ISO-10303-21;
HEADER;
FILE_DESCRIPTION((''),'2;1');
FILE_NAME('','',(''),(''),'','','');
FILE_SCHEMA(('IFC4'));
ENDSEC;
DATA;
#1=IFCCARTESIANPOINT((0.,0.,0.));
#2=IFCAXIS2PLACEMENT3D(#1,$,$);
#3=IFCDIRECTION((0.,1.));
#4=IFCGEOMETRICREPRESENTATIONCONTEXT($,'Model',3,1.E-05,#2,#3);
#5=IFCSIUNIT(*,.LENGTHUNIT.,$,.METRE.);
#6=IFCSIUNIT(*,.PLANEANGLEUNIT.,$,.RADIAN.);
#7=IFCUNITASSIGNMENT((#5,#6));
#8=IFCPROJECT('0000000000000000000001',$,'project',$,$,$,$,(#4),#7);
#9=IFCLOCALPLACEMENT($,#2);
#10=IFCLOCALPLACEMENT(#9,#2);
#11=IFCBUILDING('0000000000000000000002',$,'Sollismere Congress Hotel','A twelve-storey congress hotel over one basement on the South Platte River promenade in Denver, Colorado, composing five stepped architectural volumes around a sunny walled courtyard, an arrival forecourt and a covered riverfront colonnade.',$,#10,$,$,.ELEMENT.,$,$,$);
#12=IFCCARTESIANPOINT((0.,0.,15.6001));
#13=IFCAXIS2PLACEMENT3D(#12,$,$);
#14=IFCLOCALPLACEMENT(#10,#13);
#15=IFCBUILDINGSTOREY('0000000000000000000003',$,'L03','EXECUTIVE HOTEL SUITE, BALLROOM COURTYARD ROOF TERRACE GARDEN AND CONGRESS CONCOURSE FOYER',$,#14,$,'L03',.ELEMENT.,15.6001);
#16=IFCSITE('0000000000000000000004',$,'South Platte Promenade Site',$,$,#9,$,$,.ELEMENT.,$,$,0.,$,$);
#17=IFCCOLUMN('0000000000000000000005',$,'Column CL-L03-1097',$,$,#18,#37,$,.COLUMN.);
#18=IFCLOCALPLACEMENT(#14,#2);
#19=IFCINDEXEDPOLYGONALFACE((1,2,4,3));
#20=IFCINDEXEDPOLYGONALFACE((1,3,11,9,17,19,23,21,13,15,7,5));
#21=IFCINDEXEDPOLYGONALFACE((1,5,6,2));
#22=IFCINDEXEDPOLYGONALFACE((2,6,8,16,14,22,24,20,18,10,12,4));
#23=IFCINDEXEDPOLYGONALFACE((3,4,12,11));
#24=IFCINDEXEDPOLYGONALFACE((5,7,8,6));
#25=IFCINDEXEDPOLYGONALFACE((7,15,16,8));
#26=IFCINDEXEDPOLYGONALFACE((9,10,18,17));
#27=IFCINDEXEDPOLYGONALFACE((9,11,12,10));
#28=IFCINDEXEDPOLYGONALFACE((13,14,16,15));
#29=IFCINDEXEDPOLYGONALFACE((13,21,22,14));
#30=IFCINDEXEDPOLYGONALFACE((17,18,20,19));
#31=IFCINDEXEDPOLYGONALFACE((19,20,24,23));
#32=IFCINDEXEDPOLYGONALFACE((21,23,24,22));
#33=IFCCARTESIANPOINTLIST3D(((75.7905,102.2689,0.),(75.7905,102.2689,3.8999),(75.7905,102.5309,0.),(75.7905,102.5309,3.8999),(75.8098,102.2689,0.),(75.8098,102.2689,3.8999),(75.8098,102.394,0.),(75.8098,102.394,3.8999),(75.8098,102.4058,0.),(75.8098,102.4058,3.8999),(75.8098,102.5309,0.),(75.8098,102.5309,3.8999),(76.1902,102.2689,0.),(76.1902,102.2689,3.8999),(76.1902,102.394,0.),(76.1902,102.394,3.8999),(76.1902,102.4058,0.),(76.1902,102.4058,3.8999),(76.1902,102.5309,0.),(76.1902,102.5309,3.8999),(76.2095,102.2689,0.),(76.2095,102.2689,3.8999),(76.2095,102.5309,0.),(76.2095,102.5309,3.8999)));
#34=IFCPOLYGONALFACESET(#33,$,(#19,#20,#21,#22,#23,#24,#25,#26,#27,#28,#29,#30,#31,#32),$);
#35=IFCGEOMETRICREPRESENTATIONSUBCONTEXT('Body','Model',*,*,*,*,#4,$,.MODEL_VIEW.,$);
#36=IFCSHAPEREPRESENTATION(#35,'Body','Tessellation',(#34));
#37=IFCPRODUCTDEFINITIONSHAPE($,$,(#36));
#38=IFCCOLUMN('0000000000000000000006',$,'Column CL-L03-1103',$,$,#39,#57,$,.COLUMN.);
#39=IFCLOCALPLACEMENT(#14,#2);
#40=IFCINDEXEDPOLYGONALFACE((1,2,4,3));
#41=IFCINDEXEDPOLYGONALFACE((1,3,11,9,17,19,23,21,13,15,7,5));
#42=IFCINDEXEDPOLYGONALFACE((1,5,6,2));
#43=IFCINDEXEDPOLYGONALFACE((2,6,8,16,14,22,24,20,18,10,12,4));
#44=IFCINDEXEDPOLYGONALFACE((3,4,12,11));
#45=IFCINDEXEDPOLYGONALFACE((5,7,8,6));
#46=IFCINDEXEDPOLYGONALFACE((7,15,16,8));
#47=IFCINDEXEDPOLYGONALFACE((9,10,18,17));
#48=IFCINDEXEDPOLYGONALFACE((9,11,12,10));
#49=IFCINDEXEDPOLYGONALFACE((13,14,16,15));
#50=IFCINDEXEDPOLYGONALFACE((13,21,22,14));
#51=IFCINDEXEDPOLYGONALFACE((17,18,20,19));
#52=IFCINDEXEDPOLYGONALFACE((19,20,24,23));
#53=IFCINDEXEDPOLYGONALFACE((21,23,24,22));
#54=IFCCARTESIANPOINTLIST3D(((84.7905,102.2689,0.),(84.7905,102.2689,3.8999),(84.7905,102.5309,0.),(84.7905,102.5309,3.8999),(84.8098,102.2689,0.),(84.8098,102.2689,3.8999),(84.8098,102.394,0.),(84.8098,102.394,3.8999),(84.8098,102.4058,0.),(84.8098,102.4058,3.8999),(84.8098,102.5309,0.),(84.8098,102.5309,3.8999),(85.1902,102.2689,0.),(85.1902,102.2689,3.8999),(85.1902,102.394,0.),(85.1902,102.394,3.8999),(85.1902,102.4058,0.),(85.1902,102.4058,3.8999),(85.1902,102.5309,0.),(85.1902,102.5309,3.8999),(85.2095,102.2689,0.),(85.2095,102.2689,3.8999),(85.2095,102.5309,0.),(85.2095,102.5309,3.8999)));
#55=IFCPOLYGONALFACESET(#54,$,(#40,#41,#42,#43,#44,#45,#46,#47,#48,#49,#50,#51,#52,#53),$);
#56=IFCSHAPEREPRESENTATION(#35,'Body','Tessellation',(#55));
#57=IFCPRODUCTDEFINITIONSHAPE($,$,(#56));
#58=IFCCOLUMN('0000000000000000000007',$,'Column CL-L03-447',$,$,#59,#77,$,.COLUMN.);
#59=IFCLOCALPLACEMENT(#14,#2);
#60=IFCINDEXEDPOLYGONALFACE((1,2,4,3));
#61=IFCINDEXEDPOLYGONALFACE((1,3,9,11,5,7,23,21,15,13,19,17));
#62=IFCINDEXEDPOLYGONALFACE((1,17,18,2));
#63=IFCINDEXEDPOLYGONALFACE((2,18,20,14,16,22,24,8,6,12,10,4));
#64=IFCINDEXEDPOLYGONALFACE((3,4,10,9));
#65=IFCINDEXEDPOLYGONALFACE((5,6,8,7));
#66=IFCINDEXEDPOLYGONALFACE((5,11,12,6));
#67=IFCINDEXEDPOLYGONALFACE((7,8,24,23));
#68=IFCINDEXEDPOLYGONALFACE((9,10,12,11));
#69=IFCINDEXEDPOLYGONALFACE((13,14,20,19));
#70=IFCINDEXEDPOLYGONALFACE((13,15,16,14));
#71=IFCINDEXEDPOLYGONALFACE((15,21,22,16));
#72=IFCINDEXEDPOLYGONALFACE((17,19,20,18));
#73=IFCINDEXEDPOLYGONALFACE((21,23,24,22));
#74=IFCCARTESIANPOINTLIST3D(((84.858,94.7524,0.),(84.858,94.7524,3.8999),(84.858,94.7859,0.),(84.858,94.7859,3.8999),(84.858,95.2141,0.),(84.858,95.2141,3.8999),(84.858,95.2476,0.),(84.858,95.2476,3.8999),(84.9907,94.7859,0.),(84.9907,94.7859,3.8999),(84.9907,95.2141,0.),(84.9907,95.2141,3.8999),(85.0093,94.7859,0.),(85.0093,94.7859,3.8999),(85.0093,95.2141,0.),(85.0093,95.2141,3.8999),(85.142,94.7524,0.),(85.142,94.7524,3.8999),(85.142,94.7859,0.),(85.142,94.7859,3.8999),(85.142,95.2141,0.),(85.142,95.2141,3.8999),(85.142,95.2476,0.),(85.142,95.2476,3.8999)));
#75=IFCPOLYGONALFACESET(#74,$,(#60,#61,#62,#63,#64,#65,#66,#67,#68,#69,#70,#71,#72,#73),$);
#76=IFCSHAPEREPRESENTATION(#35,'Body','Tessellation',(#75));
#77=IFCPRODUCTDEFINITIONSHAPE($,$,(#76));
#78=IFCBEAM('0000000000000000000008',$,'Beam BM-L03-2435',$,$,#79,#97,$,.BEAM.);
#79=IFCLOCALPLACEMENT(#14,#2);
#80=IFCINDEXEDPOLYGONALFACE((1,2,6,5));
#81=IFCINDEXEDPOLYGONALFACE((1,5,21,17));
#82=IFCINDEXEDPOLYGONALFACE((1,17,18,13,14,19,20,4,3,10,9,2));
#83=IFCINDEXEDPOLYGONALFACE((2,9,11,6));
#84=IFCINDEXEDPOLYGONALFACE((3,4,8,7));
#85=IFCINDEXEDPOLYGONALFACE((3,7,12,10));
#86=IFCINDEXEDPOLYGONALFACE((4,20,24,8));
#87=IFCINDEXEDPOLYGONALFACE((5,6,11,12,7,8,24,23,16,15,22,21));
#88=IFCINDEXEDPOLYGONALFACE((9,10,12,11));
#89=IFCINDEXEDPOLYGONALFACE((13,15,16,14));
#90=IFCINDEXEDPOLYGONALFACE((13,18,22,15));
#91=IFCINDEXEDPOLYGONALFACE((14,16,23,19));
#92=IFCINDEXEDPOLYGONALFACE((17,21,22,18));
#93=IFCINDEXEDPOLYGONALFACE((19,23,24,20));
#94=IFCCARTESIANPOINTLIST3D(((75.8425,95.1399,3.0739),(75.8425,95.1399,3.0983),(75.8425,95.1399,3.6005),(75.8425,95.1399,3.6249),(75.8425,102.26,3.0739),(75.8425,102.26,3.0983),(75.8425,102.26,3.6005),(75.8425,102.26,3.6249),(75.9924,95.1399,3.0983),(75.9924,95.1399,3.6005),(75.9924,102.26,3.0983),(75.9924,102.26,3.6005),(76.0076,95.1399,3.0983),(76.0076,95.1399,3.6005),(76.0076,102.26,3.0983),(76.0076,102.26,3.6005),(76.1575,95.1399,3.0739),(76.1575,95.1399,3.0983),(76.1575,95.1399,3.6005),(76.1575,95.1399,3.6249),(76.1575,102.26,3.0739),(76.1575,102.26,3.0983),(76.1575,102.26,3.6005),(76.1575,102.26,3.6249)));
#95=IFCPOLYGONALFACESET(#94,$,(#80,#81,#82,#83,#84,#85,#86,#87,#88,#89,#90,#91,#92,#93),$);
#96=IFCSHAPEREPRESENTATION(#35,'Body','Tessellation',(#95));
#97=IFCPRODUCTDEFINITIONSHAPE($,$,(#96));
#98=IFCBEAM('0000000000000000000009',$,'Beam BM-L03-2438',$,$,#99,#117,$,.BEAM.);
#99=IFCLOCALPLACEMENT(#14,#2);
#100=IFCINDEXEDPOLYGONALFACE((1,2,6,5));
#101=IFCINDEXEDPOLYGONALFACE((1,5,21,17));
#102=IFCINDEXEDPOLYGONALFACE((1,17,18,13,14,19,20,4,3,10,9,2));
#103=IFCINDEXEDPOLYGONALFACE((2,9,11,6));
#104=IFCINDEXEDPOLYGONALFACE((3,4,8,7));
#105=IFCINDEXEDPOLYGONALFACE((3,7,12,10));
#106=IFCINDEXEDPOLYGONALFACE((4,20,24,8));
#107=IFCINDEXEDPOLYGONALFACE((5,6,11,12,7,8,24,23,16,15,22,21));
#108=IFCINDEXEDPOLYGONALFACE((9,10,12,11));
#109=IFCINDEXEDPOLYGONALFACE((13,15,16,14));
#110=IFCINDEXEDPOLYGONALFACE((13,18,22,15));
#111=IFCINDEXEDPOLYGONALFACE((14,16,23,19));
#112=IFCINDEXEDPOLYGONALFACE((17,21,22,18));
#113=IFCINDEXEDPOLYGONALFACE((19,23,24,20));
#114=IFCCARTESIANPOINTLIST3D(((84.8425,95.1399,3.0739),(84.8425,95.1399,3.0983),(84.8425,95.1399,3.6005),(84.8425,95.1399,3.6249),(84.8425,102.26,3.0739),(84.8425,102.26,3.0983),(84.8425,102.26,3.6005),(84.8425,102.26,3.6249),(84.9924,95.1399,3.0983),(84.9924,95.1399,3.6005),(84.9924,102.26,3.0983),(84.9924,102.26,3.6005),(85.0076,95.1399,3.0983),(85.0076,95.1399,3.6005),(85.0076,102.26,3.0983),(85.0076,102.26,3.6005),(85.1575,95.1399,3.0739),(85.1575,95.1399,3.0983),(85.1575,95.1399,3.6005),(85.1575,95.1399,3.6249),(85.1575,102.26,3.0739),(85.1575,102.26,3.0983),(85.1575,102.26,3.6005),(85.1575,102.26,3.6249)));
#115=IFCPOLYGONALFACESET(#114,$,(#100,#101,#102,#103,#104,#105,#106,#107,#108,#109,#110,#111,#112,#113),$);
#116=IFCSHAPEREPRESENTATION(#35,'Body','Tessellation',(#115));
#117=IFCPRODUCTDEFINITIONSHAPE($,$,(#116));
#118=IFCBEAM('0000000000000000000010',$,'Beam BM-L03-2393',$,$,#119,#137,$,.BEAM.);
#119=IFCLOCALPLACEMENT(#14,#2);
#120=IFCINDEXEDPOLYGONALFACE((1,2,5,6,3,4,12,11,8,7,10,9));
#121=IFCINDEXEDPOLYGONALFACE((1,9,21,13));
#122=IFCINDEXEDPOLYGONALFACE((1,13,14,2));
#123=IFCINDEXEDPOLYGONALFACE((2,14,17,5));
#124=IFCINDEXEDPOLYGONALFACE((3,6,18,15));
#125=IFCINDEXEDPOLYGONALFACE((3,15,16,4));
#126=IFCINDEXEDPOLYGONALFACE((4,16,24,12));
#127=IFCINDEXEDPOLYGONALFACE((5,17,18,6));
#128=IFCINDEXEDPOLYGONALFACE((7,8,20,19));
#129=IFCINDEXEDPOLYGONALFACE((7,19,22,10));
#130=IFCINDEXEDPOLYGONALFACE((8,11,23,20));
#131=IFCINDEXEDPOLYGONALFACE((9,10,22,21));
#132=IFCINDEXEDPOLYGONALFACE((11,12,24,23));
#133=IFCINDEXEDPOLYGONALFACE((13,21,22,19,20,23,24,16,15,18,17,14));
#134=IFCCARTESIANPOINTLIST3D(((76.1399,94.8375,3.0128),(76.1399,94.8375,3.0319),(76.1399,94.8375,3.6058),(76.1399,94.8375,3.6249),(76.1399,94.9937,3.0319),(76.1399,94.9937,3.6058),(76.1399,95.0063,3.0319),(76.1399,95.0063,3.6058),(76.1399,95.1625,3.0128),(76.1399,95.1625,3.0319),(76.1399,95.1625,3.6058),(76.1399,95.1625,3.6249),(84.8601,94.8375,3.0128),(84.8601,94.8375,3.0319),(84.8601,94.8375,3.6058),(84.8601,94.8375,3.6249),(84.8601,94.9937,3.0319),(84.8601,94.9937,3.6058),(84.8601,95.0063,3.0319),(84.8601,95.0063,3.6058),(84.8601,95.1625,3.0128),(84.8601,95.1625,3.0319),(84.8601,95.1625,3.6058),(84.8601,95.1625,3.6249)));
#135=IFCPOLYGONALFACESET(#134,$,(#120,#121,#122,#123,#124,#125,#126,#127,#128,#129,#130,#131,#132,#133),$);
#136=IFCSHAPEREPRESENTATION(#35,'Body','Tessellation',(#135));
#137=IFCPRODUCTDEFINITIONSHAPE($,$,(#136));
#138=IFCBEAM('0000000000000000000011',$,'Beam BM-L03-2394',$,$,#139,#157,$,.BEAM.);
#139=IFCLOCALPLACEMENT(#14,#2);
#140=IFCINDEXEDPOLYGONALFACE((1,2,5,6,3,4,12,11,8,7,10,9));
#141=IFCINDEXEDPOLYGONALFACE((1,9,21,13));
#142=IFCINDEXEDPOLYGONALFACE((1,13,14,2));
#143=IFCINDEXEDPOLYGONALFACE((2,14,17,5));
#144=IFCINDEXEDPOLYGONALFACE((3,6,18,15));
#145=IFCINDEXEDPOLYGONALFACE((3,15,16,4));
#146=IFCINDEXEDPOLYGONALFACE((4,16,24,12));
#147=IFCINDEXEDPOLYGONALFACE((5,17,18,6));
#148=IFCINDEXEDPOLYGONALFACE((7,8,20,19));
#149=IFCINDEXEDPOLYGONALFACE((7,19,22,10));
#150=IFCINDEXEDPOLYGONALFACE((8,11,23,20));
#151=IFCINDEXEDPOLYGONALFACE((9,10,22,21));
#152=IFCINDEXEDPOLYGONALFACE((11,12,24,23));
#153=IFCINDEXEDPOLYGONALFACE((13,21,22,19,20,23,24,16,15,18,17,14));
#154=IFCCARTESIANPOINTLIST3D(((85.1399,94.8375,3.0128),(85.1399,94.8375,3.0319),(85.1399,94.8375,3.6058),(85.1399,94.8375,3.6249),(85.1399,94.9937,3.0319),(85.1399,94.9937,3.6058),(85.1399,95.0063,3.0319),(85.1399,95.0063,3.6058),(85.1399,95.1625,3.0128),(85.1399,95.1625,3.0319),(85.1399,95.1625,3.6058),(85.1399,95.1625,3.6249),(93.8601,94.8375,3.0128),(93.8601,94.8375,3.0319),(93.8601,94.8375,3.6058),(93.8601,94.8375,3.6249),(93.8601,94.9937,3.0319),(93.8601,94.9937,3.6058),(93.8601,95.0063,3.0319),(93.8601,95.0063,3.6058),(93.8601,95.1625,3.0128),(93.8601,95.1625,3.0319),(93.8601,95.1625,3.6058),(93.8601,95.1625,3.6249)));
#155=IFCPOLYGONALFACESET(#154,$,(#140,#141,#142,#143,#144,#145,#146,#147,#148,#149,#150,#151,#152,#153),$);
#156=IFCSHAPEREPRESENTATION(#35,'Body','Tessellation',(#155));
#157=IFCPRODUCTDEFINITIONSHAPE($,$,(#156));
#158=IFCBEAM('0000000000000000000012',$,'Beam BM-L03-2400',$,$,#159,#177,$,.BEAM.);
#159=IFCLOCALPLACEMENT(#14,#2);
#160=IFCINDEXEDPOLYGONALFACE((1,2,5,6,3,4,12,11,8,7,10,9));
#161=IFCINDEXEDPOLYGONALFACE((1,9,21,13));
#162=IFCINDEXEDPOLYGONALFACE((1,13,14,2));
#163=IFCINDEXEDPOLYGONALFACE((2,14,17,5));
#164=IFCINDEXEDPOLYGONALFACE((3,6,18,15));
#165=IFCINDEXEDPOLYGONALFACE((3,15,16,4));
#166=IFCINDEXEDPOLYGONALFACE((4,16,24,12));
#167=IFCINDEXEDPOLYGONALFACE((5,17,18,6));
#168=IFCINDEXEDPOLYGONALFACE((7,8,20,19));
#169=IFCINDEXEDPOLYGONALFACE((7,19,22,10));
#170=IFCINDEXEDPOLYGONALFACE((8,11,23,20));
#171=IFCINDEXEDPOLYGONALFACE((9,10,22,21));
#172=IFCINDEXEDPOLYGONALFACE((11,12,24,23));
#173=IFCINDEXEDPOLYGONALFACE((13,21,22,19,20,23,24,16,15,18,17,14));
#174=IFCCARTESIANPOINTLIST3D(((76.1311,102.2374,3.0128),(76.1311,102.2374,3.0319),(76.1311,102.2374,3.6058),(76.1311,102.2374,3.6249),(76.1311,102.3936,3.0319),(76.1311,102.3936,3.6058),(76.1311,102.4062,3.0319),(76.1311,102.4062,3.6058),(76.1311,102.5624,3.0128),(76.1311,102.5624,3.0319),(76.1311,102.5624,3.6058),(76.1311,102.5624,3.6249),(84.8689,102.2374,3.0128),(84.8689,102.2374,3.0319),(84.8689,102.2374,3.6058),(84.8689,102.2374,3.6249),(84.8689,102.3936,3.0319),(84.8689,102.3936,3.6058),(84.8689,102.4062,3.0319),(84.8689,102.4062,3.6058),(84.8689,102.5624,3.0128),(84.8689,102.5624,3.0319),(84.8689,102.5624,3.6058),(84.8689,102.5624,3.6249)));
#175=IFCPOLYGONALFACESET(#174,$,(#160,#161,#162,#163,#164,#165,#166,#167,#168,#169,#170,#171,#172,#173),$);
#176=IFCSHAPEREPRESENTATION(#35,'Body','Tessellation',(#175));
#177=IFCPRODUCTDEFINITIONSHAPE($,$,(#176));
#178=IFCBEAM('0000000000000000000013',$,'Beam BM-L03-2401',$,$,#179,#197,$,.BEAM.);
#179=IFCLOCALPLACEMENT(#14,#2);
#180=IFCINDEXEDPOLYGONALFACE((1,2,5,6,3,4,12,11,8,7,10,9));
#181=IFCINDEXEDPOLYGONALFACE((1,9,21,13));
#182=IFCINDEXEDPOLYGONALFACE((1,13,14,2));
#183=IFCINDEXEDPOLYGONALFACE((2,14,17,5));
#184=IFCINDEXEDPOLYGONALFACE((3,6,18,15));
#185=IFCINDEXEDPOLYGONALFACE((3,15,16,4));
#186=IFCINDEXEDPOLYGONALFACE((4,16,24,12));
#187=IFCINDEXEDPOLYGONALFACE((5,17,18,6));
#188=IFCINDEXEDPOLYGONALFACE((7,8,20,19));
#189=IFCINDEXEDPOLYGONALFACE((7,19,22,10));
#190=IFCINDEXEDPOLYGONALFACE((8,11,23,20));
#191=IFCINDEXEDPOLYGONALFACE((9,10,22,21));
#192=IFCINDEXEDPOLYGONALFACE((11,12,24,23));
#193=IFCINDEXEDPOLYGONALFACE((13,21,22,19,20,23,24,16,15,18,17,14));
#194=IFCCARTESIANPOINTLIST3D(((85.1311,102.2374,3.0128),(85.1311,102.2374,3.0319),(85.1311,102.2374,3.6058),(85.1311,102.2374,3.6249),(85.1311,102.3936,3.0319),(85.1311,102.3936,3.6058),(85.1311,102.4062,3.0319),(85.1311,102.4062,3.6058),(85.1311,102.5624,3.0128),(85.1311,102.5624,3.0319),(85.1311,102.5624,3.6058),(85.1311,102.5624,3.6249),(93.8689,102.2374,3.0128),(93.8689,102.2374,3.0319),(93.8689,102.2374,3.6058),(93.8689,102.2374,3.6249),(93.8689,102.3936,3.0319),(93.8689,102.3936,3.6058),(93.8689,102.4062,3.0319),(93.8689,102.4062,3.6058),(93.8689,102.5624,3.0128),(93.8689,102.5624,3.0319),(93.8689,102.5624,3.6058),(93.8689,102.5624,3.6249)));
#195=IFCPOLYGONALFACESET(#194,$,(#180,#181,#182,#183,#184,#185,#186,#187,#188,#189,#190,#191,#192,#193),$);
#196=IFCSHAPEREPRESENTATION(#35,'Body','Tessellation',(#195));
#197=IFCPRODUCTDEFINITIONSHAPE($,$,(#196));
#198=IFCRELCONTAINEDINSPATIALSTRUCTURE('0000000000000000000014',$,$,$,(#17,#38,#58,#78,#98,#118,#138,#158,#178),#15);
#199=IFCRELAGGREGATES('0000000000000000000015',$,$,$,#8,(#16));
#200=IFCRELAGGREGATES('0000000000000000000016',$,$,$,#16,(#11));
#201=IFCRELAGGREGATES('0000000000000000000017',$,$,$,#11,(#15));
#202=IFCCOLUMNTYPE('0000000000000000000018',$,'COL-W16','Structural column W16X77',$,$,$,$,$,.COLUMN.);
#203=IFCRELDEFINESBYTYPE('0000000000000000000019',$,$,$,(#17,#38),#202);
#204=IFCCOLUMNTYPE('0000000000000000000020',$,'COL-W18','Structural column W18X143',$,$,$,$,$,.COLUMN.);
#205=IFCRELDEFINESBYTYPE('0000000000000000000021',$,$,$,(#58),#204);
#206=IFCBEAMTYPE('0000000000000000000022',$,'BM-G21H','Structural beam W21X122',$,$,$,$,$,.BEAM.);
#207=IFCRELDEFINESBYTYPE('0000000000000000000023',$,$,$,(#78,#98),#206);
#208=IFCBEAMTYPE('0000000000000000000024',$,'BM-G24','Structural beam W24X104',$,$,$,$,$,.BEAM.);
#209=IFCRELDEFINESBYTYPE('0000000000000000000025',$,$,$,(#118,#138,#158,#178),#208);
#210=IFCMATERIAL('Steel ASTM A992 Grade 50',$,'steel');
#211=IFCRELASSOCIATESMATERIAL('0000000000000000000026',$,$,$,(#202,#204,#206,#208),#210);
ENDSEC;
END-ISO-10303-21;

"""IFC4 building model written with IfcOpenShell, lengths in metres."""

from ifc_helpers import new_model, si_unit, direction, frame, origin, origin_2d, place, context, subcontext, project, spatial, i_section, extrude, material, material_profile, profile_set, type_object, element, save


model = new_model("IFC4")

# Units and contexts
model_context = context("Model", 3, precision=1e-05, world=origin(), true_north=direction((0.0, 1.0)))
body_context = subcontext(model_context, "Body", "Model", "MODEL_VIEW")
ifc_project = project(units=[si_unit("LENGTHUNIT", "METRE"), si_unit("PLANEANGLEUNIT", "RADIAN")], contexts=[model_context])

# Site, building, storey
site_placement = place(None, origin())
site = spatial("IfcSite", under=ifc_project, at=site_placement, Name="South Platte Promenade Site", CompositionType="ELEMENT", RefElevation=0.0)
building_placement = place(site_placement, origin())
building = spatial("IfcBuilding", under=site, at=building_placement, Name="Sollismere Congress Hotel", Description="A twelve-storey congress hotel over one basement on the South Platte River promenade in Denver, Colorado, composing five stepped architectural volumes around a sunny walled courtyard, an arrival forecourt and a covered riverfront colonnade.", CompositionType="ELEMENT")
storey_placement = place(building_placement, frame((0.0, 0.0, 15.6001)))
storey = spatial("IfcBuildingStorey", under=building, at=storey_placement, Name="L03", Description="EXECUTIVE HOTEL SUITE, BALLROOM COURTYARD ROOF TERRACE GARDEN AND CONGRESS CONCOURSE FOYER", LongName="L03", CompositionType="ELEMENT", Elevation=15.6001)

# Columns
ifc_material_1 = material(Name="Steel ASTM A992 Grade 50", Category="steel")
ifc_material_profile_1 = material_profile(ifc_material_1, i_section(OverallWidth=0.262, OverallDepth=0.4189, WebThickness=0.0117, FlangeThickness=0.0193, at=origin_2d()), Name="W16X77")
ifc_profile_set_1 = profile_set([ifc_material_profile_1], Name="Steel ASTM A992 Grade 50")
column_type_1 = type_object("IfcColumnType", Name="COL-W16", Description="Structural column W16X77", PredefinedType="COLUMN", material=ifc_profile_set_1)
for number, where, z_axis, x_axis, name in (
    (1, (76.0, 102.3999, 0.0), (0.0, 0.0, 1.0), (0.0, 1.0, 0.0), "Column CL-L03-1097"),
    (2, (85.0, 102.3999, 0.0), (0.0, 0.0, 1.0), (0.0, 1.0, 0.0), "Column CL-L03-1103"),
):
    element("IfcColumn", number, at=place(storey_placement, frame(where, z_axis=z_axis, x_axis=x_axis)), inside=storey, type_object=column_type_1, Name=name, PredefinedType="COLUMN", context=body_context, shape_type="SweptSolid", body=[
        extrude(i_section(OverallWidth=0.262, OverallDepth=0.4189, WebThickness=0.0117, FlangeThickness=0.0193, at=origin_2d()), origin(), (0.0, 0.0, 1.0), 3.8999),
    ])
ifc_material_profile_2 = material_profile(ifc_material_1, i_section(OverallWidth=0.2839, OverallDepth=0.4951, WebThickness=0.0186, FlangeThickness=0.0334, at=origin_2d()), Name="W18X143")
ifc_profile_set_2 = profile_set([ifc_material_profile_2], Name="Steel ASTM A992 Grade 50")
column_type_2 = type_object("IfcColumnType", Name="COL-W18", Description="Structural column W18X143", PredefinedType="COLUMN", material=ifc_profile_set_2)
column_placement = place(storey_placement, frame((85.0, 95.0, 0.0), z_axis=(0.0, 0.0, 1.0), x_axis=(1.0, 0.0, 0.0)))
element("IfcColumn", 3, at=column_placement, inside=storey, type_object=column_type_2, Name="Column CL-L03-447", PredefinedType="COLUMN", context=body_context, shape_type="SweptSolid", body=[
    extrude(i_section(OverallWidth=0.2839, OverallDepth=0.4951, WebThickness=0.0186, FlangeThickness=0.0334, at=origin_2d()), origin(), (0.0, 0.0, 1.0), 3.8999),
])

# Beams
ifc_material_profile_3 = material_profile(ifc_material_1, i_section(OverallWidth=0.3149, OverallDepth=0.551, WebThickness=0.0151, FlangeThickness=0.0244, at=origin_2d()), Name="W21X122")
ifc_profile_set_3 = profile_set([ifc_material_profile_3], Name="Steel ASTM A992 Grade 50")
beam_type_1 = type_object("IfcBeamType", Name="BM-G21H", Description="Structural beam W21X122", PredefinedType="BEAM", material=ifc_profile_set_3)
for number, where, z_axis, x_axis, name in (
    (4, (76.0, 95.1399, 3.3494), (0.0, 1.0, 0.0), (-1.0, 0.0, 0.0), "Beam BM-L03-2435"),
    (5, (85.0, 95.1399, 3.3494), (0.0, 1.0, 0.0), (-1.0, 0.0, 0.0), "Beam BM-L03-2438"),
):
    element("IfcBeam", number, at=place(storey_placement, frame(where, z_axis=z_axis, x_axis=x_axis)), inside=storey, type_object=beam_type_1, Name=name, PredefinedType="BEAM", context=body_context, shape_type="SweptSolid", body=[
        extrude(i_section(OverallWidth=0.3149, OverallDepth=0.551, WebThickness=0.0151, FlangeThickness=0.0244, at=origin_2d()), origin(), (0.0, 0.0, 1.0), 7.1201),
    ])
ifc_material_profile_4 = material_profile(ifc_material_1, i_section(OverallWidth=0.325, OverallDepth=0.6121, WebThickness=0.0127, FlangeThickness=0.019, at=origin_2d()), Name="W24X104")
ifc_profile_set_4 = profile_set([ifc_material_profile_4], Name="Steel ASTM A992 Grade 50")
beam_type_2 = type_object("IfcBeamType", Name="BM-G24", Description="Structural beam W24X104", PredefinedType="BEAM", material=ifc_profile_set_4)
for number, where, z_axis, x_axis, name in (
    (6, (76.1399, 95.0, 3.3188), (1.0, 0.0, 0.0), (0.0, 1.0, 0.0), "Beam BM-L03-2393"),
    (7, (85.1399, 95.0, 3.3188), (1.0, 0.0, 0.0), (0.0, 1.0, 0.0), "Beam BM-L03-2394"),
):
    element("IfcBeam", number, at=place(storey_placement, frame(where, z_axis=z_axis, x_axis=x_axis)), inside=storey, type_object=beam_type_2, Name=name, PredefinedType="BEAM", context=body_context, shape_type="SweptSolid", body=[
        extrude(i_section(OverallWidth=0.325, OverallDepth=0.6121, WebThickness=0.0127, FlangeThickness=0.019, at=origin_2d()), origin(), (0.0, 0.0, 1.0), 8.7202),
    ])
for number, where, z_axis, x_axis, name in (
    (8, (76.1311, 102.3999, 3.3188), (1.0, 0.0, 0.0), (0.0, 1.0, 0.0), "Beam BM-L03-2400"),
    (9, (85.1311, 102.3999, 3.3188), (1.0, 0.0, 0.0), (0.0, 1.0, 0.0), "Beam BM-L03-2401"),
):
    element("IfcBeam", number, at=place(storey_placement, frame(where, z_axis=z_axis, x_axis=x_axis)), inside=storey, type_object=beam_type_2, Name=name, PredefinedType="BEAM", context=body_context, shape_type="SweptSolid", body=[
        extrude(i_section(OverallWidth=0.325, OverallDepth=0.6121, WebThickness=0.0127, FlangeThickness=0.019, at=origin_2d()), origin(), (0.0, 0.0, 1.0), 8.7378),
    ])

save(model, "model.ifc")
